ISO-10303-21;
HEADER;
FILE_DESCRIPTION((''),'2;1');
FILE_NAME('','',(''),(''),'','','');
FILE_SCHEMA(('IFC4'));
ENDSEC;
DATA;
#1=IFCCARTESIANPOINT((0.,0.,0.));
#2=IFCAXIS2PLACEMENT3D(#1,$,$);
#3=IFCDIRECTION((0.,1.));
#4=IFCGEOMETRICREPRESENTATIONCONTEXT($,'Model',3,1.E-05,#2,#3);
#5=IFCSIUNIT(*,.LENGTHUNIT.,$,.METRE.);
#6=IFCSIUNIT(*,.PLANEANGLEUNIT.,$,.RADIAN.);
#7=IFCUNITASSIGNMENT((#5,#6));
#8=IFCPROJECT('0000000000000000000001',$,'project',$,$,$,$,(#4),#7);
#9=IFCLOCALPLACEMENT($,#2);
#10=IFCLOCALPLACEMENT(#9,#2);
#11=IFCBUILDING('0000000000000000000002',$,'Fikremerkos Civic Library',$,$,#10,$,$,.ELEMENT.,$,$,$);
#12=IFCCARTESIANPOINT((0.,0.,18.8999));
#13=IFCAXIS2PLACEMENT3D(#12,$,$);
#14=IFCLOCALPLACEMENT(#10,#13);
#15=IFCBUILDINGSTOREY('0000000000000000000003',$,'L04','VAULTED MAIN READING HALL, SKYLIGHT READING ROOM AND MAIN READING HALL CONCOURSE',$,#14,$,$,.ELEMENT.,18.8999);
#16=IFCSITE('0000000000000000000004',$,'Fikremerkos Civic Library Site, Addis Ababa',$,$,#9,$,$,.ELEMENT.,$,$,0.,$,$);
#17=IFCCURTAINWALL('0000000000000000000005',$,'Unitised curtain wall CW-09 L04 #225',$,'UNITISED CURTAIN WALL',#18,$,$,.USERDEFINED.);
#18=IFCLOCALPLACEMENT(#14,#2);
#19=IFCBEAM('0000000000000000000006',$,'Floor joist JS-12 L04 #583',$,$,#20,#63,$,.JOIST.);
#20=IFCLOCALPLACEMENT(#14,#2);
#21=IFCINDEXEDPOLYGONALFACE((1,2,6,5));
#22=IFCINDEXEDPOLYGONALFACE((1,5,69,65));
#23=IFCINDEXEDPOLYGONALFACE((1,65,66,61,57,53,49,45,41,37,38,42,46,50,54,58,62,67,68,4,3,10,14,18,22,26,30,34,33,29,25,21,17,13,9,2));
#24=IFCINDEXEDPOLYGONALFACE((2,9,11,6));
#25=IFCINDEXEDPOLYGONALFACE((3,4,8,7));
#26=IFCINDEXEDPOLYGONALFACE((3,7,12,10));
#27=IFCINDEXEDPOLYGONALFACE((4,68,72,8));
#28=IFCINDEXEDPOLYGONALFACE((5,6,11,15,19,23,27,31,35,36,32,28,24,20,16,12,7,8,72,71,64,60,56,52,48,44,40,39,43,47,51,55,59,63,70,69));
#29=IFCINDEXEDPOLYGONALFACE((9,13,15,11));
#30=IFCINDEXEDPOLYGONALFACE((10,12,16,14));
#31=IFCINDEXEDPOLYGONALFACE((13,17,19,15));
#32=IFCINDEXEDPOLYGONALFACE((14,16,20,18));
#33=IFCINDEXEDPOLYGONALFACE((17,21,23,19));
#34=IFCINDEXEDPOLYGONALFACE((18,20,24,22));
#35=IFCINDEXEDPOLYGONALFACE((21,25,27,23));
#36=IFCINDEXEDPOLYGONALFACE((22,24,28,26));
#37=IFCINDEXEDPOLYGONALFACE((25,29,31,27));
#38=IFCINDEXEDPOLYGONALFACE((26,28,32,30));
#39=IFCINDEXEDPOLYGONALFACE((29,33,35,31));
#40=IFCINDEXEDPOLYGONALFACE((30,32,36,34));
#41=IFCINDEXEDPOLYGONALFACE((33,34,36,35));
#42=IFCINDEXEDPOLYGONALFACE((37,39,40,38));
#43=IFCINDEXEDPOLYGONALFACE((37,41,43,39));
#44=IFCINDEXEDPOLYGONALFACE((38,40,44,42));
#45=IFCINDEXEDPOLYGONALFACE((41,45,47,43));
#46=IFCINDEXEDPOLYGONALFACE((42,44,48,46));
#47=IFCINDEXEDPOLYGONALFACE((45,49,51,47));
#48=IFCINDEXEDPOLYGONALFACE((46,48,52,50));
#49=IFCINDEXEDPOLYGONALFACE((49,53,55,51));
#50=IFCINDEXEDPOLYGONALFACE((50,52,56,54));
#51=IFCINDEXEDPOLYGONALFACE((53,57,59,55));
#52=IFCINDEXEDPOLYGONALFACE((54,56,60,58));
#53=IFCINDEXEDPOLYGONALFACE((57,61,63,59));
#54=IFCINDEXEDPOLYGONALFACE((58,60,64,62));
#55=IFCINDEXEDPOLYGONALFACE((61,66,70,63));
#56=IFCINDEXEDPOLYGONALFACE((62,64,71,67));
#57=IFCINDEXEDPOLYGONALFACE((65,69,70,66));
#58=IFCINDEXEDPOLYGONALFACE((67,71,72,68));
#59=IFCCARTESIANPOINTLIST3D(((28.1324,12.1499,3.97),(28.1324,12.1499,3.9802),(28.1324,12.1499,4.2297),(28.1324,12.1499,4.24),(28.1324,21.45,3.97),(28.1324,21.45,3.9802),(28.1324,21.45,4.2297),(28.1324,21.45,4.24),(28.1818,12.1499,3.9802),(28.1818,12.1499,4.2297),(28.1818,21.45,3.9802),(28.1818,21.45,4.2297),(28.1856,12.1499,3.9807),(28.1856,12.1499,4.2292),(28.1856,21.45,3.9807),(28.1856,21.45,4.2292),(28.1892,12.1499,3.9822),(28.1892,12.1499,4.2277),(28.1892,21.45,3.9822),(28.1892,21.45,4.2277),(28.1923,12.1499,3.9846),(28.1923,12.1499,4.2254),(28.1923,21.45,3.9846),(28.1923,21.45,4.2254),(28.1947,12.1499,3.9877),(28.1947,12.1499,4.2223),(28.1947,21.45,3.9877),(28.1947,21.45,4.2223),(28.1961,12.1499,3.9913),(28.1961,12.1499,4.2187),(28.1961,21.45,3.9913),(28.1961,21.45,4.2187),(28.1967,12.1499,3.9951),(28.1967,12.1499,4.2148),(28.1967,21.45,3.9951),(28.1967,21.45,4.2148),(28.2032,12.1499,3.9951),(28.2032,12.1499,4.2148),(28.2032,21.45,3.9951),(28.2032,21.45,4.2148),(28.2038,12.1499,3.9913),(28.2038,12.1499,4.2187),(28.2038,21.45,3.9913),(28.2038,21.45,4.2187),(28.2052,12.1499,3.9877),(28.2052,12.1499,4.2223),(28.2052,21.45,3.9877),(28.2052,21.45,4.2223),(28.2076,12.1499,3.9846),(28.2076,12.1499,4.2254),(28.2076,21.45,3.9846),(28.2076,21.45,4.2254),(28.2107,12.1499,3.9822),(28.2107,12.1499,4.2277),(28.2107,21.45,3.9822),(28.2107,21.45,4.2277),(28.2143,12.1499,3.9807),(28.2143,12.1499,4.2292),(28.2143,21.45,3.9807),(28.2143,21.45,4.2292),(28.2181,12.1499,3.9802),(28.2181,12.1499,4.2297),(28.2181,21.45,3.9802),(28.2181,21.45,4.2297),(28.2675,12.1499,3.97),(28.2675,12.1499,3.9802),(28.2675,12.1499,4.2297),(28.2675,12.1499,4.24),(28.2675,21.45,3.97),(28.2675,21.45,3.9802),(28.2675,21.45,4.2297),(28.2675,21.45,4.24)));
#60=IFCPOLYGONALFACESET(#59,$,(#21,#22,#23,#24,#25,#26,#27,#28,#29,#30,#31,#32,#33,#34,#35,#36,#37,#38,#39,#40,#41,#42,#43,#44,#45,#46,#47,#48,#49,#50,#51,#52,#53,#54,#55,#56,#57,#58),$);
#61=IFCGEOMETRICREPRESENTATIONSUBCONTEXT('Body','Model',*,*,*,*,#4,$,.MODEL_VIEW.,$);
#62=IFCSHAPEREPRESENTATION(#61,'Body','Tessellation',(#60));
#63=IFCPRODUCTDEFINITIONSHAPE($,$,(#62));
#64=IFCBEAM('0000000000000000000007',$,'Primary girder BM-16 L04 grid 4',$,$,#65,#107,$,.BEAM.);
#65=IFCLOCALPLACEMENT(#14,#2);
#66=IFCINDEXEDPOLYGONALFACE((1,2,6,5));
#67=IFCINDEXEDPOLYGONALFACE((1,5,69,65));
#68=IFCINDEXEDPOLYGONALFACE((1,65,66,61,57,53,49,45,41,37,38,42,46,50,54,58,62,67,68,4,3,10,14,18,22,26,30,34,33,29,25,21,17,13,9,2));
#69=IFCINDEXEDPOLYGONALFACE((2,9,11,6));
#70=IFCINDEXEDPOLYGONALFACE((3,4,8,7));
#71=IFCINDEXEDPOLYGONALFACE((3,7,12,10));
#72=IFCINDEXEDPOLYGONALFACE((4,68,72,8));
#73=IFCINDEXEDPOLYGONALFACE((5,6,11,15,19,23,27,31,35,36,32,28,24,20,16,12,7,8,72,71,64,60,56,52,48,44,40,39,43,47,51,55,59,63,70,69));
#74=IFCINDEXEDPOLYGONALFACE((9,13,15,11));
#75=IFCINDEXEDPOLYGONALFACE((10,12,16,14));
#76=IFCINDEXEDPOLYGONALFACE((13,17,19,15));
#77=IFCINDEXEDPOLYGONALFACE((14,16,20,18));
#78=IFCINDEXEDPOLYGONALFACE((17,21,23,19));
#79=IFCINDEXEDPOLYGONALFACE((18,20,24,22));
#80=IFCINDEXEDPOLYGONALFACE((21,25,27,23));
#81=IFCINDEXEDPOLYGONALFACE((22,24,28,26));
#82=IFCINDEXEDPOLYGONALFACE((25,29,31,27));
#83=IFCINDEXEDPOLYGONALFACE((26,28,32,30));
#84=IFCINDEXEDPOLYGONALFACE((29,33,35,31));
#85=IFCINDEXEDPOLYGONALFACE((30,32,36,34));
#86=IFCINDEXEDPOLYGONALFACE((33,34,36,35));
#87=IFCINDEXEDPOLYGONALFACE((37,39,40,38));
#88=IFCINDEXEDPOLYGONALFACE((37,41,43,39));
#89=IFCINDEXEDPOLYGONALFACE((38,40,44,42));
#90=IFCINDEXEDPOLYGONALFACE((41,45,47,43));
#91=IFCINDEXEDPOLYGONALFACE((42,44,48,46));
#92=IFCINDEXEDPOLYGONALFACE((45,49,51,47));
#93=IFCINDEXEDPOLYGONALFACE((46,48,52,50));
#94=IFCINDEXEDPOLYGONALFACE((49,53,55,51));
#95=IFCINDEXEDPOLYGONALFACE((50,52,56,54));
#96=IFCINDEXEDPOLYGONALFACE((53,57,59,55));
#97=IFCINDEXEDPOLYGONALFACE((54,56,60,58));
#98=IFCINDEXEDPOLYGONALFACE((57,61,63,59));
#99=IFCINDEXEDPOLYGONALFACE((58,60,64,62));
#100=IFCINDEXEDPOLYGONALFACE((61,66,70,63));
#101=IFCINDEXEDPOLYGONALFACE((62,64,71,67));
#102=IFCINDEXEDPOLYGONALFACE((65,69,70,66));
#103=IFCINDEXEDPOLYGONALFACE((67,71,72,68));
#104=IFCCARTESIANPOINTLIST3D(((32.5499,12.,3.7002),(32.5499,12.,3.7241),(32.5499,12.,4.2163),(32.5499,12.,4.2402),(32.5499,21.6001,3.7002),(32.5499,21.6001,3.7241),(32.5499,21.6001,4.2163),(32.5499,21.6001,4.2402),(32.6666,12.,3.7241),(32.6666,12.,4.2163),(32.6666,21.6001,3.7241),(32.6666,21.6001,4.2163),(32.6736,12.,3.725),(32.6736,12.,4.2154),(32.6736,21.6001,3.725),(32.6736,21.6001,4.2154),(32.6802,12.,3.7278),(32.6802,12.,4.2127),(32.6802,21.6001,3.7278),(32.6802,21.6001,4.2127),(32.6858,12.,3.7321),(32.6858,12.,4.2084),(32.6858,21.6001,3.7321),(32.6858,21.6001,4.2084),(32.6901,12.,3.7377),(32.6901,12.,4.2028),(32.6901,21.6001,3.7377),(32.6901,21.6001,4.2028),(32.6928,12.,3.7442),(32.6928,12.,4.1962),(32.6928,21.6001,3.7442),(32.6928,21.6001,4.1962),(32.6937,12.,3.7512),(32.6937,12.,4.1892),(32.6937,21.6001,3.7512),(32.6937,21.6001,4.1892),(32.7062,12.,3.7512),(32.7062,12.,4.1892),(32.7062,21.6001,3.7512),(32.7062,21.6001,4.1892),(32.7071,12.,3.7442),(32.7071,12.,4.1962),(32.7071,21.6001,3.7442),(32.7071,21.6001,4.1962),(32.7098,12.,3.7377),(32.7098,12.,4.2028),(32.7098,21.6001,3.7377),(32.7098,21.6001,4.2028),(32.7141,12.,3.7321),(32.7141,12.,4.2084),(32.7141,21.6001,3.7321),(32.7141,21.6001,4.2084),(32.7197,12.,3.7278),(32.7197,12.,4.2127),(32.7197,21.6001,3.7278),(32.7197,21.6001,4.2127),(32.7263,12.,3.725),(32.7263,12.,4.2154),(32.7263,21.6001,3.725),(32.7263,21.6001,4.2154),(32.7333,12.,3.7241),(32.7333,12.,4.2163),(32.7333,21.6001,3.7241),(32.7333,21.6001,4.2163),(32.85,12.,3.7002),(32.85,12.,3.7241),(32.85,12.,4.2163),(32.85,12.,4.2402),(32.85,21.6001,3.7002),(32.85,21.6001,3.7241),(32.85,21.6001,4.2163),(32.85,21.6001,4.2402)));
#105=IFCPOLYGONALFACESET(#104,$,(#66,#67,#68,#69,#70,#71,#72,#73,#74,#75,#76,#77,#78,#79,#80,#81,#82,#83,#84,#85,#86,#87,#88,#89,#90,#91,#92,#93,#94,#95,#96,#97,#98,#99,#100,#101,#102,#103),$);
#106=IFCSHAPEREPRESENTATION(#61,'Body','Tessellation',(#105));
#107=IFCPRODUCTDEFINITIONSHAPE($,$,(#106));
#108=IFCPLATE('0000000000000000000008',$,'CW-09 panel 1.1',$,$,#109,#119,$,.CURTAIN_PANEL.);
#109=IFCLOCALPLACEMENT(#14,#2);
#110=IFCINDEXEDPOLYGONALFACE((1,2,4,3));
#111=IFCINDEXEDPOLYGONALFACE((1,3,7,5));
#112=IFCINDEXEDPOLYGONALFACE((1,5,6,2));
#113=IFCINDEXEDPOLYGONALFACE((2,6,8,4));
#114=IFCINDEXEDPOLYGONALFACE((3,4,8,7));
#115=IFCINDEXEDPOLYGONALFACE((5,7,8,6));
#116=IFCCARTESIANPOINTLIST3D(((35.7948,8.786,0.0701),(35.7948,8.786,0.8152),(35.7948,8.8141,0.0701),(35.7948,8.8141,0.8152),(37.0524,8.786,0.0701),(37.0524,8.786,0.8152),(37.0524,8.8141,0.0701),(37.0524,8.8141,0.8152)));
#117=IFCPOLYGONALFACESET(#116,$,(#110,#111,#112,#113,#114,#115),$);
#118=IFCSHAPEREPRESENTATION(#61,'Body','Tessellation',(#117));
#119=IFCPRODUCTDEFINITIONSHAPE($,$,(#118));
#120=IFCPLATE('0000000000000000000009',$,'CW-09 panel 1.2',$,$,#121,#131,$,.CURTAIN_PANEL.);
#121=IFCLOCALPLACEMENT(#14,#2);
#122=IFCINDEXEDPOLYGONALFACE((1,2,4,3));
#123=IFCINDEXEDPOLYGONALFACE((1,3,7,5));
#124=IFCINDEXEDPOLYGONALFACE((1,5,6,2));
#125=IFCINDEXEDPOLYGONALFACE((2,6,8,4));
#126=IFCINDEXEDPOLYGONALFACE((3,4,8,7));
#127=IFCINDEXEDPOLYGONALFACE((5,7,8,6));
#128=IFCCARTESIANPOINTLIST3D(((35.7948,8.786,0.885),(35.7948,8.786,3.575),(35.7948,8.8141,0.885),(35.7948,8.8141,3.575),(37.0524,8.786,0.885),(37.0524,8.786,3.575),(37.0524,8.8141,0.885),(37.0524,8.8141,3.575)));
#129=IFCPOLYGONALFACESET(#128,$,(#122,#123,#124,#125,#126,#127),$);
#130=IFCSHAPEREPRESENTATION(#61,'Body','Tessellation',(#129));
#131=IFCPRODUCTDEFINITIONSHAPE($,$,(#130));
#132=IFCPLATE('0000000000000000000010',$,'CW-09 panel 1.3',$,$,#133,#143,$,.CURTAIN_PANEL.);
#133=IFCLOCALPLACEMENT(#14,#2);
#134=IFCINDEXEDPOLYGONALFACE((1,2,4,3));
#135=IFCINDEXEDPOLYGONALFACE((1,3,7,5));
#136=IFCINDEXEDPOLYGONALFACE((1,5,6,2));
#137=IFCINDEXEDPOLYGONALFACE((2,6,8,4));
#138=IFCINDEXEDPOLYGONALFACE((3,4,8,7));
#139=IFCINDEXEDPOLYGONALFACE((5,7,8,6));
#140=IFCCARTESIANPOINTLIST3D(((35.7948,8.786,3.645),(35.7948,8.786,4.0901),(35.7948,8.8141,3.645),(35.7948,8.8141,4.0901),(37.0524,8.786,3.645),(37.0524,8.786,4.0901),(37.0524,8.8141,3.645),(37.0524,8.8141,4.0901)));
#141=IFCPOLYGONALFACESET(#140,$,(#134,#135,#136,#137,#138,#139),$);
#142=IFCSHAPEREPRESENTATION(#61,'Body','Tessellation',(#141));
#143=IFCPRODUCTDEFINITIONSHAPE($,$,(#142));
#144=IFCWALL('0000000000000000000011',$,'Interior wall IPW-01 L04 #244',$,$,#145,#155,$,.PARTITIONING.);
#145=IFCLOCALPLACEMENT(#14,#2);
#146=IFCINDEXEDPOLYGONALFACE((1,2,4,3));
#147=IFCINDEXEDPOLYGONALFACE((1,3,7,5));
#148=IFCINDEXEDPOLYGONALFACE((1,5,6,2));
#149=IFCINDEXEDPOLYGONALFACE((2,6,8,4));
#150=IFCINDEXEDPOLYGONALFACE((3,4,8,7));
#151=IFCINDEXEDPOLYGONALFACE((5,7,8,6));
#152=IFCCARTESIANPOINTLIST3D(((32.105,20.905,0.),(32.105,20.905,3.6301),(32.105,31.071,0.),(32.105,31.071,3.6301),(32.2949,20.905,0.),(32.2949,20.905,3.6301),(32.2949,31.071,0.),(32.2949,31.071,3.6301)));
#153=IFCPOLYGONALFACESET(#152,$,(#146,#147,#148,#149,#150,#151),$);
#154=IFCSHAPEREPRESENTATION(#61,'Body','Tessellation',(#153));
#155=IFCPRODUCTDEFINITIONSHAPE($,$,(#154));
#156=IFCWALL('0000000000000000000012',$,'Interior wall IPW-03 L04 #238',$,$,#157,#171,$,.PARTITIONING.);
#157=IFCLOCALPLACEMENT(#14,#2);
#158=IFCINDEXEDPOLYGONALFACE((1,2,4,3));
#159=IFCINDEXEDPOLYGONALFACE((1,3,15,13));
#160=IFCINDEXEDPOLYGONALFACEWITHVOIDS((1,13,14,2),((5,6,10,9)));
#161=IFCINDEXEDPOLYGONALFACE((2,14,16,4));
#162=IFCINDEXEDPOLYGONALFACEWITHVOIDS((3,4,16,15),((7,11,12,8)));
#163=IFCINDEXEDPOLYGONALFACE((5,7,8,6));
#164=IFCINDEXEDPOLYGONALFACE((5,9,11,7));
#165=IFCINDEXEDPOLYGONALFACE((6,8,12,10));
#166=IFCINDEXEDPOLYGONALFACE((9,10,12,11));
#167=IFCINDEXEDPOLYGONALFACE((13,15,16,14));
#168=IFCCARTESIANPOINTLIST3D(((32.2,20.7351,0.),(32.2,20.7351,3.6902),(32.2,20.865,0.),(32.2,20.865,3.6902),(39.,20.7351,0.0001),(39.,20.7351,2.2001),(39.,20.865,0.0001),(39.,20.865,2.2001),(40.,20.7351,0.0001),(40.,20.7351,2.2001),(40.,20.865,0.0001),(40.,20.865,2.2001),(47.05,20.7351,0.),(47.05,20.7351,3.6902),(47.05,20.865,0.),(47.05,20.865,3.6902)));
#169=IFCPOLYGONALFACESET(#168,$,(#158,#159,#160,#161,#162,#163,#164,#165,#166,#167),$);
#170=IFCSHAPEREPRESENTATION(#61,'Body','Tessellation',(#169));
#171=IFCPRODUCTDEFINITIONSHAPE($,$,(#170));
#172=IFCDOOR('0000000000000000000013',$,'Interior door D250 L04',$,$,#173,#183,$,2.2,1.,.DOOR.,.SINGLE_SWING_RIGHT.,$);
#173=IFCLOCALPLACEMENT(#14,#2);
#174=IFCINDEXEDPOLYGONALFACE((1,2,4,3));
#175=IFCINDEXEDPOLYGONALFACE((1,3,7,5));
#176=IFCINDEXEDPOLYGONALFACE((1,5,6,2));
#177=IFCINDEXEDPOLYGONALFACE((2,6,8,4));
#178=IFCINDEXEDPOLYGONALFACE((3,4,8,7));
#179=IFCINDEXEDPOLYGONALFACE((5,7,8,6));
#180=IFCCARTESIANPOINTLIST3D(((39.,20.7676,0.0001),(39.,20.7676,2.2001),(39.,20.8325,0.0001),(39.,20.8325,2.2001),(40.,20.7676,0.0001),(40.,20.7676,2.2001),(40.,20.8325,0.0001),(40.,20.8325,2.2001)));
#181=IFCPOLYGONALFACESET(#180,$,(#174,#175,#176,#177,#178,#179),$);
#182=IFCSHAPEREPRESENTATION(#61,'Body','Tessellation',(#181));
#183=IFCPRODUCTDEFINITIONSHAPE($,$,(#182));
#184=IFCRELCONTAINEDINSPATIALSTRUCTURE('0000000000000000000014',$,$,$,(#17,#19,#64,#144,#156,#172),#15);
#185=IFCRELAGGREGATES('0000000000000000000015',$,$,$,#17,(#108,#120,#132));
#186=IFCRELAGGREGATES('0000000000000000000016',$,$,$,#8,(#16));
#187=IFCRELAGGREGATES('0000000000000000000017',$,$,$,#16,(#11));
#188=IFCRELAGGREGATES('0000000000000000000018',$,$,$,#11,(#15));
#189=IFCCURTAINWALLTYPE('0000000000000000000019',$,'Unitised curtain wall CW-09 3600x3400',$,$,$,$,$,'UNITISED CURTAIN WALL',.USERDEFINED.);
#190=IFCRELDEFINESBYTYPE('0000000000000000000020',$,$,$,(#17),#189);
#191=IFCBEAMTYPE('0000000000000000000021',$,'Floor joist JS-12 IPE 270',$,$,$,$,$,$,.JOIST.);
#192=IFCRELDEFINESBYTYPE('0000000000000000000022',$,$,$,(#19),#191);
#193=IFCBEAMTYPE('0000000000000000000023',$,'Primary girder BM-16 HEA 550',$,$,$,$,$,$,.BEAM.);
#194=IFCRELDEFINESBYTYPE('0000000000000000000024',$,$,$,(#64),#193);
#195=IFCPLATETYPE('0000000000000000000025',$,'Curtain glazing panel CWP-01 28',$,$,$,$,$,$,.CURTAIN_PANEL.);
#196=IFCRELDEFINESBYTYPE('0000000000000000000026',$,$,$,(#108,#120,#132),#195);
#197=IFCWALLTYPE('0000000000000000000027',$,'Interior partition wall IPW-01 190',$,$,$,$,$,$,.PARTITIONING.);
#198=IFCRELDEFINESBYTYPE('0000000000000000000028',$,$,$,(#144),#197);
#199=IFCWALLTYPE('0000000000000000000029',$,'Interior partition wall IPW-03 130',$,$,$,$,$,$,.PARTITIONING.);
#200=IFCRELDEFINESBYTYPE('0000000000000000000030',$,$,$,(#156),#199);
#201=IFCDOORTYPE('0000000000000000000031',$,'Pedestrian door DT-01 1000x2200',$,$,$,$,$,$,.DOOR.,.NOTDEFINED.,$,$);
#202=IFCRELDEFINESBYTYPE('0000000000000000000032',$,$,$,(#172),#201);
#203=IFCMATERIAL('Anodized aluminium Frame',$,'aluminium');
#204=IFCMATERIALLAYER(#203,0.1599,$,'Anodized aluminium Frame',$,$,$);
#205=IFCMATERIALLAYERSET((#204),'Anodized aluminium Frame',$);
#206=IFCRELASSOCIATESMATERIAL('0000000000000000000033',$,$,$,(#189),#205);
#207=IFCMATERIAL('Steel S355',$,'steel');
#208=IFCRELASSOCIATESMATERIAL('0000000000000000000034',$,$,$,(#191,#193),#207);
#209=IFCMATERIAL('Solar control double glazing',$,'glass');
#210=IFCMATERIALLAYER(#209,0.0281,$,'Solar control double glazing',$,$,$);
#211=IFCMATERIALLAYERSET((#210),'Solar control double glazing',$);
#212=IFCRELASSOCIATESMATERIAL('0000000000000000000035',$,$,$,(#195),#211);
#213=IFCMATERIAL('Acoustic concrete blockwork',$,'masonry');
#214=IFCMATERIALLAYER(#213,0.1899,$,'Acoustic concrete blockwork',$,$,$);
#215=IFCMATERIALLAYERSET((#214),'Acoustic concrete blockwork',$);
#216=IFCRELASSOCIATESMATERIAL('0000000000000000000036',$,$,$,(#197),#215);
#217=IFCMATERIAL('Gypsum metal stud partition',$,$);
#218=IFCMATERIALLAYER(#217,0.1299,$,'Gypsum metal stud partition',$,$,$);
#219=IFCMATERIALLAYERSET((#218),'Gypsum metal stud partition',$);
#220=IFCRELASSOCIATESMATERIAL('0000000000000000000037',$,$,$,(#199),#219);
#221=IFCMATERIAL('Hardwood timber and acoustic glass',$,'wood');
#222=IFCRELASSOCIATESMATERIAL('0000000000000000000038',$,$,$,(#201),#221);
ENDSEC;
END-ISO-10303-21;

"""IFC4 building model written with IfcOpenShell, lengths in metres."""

from ifc_helpers import new_model, si_unit, direction, frame, frame_2d, origin, origin_2d, place, context, subcontext, project, spatial, rectangle, i_section, extrude, material, layer, layer_set, material_profile, profile_set, type_object, element, fill, aggregate, save


model = new_model("IFC4")

# Units and contexts
model_context = context("Model", 3, precision=1e-05, world=origin(), true_north=direction((0.0, 1.0)))
body_context = subcontext(model_context, "Body", "Model", "MODEL_VIEW")
ifc_project = project(units=[si_unit("LENGTHUNIT", "METRE"), si_unit("PLANEANGLEUNIT", "RADIAN")], contexts=[model_context])

# Site, building, storey
site_placement = place(None, origin())
site = spatial("IfcSite", under=ifc_project, at=site_placement, Name="Fikremerkos Civic Library Site, Addis Ababa", CompositionType="ELEMENT", RefElevation=0.0)
building_placement = place(site_placement, origin())
building = spatial("IfcBuilding", under=site, at=building_placement, Name="Fikremerkos Civic Library", CompositionType="ELEMENT")
storey_placement = place(building_placement, frame((0.0, 0.0, 18.8999)))
storey = spatial("IfcBuildingStorey", under=building, at=storey_placement, Name="L04", Description="VAULTED MAIN READING HALL, SKYLIGHT READING ROOM AND MAIN READING HALL CONCOURSE", CompositionType="ELEMENT", Elevation=18.8999)

# Shared definitions
ifc_material_1 = material(Name="Steel S355", Category="steel")

# Curtain wall
ifc_material_2 = material(Name="Anodized aluminium Frame", Category="aluminium")
ifc_layer_1 = layer(ifc_material_2, 0.1599, Name="Anodized aluminium Frame")
ifc_layer_set_1 = layer_set([ifc_layer_1], Name="Anodized aluminium Frame")
curtain_wall_type = type_object("IfcCurtainWallType", Name="Unitised curtain wall CW-09 3600x3400", ElementType="UNITISED CURTAIN WALL", PredefinedType="USERDEFINED", material=ifc_layer_set_1)
curtain_wall_placement = place(storey_placement, origin())
curtain_wall = element("IfcCurtainWall", 1, at=curtain_wall_placement, inside=storey, type_object=curtain_wall_type, Name="Unitised curtain wall CW-09 L04 #225", ObjectType="UNITISED CURTAIN WALL", PredefinedType="USERDEFINED")

# Beams
ifc_material_profile_1 = material_profile(ifc_material_1, i_section(OverallWidth=0.135, OverallDepth=0.27, WebThickness=0.0066, FlangeThickness=0.0103, FilletRadius=0.0149, at=origin_2d()), Name="IPE 270")
ifc_profile_set_1 = profile_set([ifc_material_profile_1], Name="Steel S355")
beam_type_1 = type_object("IfcBeamType", Name="Floor joist JS-12 IPE 270", PredefinedType="JOIST", material=ifc_profile_set_1)
beam_1_placement = place(storey_placement, frame((28.2, 12.1499, 4.105), z_axis=(0.0, 1.0, 0.0), x_axis=(-1.0, 0.0, 0.0)))
element("IfcBeam", 2, at=beam_1_placement, inside=storey, type_object=beam_type_1, Name="Floor joist JS-12 L04 #583", PredefinedType="JOIST", context=body_context, shape_type="SweptSolid", body=[
    extrude(i_section(OverallWidth=0.135, OverallDepth=0.27, WebThickness=0.0066, FlangeThickness=0.0103, FilletRadius=0.0149, at=origin_2d()), origin(), (0.0, 0.0, 1.0), 9.3),
])
ifc_material_profile_2 = material_profile(ifc_material_1, i_section(OverallWidth=0.3, OverallDepth=0.54, WebThickness=0.0125, FlangeThickness=0.0239, FilletRadius=0.0271, at=origin_2d()), Name="HEA 550")
ifc_profile_set_2 = profile_set([ifc_material_profile_2], Name="Steel S355")
beam_type_2 = type_object("IfcBeamType", Name="Primary girder BM-16 HEA 550", PredefinedType="BEAM", material=ifc_profile_set_2)
beam_2_placement = place(storey_placement, frame((32.7, 12.0, 3.9702), z_axis=(0.0, 1.0, 0.0), x_axis=(-1.0, 0.0, 0.0)))
element("IfcBeam", 3, at=beam_2_placement, inside=storey, type_object=beam_type_2, Name="Primary girder BM-16 L04 grid 4", PredefinedType="BEAM", context=body_context, shape_type="SweptSolid", body=[
    extrude(i_section(OverallWidth=0.3, OverallDepth=0.54, WebThickness=0.0125, FlangeThickness=0.0239, FilletRadius=0.0271, at=origin_2d()), origin(), (0.0, 0.0, 1.0), 9.6001),
])

# Plates
ifc_material_3 = material(Name="Solar control double glazing", Category="glass")
ifc_layer_2 = layer(ifc_material_3, 0.0281, Name="Solar control double glazing")
ifc_layer_set_2 = layer_set([ifc_layer_2], Name="Solar control double glazing")
plate_type = type_object("IfcPlateType", Name="Curtain glazing panel CWP-01 28", PredefinedType="CURTAIN_PANEL", material=ifc_layer_set_2)
plate_1_placement = place(storey_placement, frame((36.4236, 8.8, 0.0701), z_axis=(0.0, 0.0, 1.0), x_axis=(-1.0, 0.0, 0.0)))
plate_1 = element("IfcPlate", 4, at=plate_1_placement, type_object=plate_type, Name="CW-09 panel 1.1", PredefinedType="CURTAIN_PANEL", context=body_context, shape_type="SweptSolid", body=[
    extrude(rectangle(XDim=1.2576, YDim=0.0281, at=origin_2d()), origin(), (0.0, 0.0, 1.0), 0.7451),
])
plate_2_placement = place(storey_placement, frame((36.4236, 8.8, 0.885), z_axis=(0.0, 0.0, 1.0), x_axis=(-1.0, 0.0, 0.0)))
plate_2 = element("IfcPlate", 5, at=plate_2_placement, type_object=plate_type, Name="CW-09 panel 1.2", PredefinedType="CURTAIN_PANEL", context=body_context, shape_type="SweptSolid", body=[
    extrude(rectangle(XDim=1.2576, YDim=0.0281, at=origin_2d()), origin(), (0.0, 0.0, 1.0), 2.6899),
])
plate_3_placement = place(storey_placement, frame((36.4236, 8.8, 3.645), z_axis=(0.0, 0.0, 1.0), x_axis=(-1.0, 0.0, 0.0)))
plate_3 = element("IfcPlate", 6, at=plate_3_placement, type_object=plate_type, Name="CW-09 panel 1.3", PredefinedType="CURTAIN_PANEL", context=body_context, shape_type="SweptSolid", body=[
    extrude(rectangle(XDim=1.2576, YDim=0.0281, at=origin_2d()), origin(), (0.0, 0.0, 1.0), 0.4451),
])
aggregate(curtain_wall, [plate_1, plate_2, plate_3])

# Wall
ifc_material_4 = material(Name="Acoustic concrete blockwork", Category="masonry")
ifc_layer_3 = layer(ifc_material_4, 0.1899, Name="Acoustic concrete blockwork")
ifc_layer_set_3 = layer_set([ifc_layer_3], Name="Acoustic concrete blockwork")
wall_type_1 = type_object("IfcWallType", Name="Interior partition wall IPW-01 190", PredefinedType="PARTITIONING", material=ifc_layer_set_3)
wall_1_placement = place(storey_placement, frame((32.2, 20.905, 0.0), z_axis=(0.0, 0.0, 1.0), x_axis=(0.0, 1.0, 0.0)))
element("IfcWall", 7, at=wall_1_placement, inside=storey, type_object=wall_type_1, Name="Interior wall IPW-01 L04 #244", PredefinedType="PARTITIONING", context=body_context, shape_type="SweptSolid", body=[
    extrude(rectangle(XDim=10.166, YDim=0.1899, at=frame_2d((5.083, 0.0))), origin(), (0.0, 0.0, 1.0), 3.6301),
])

# Wall, opening, door
ifc_material_5 = material(Name="Gypsum metal stud partition")
ifc_layer_4 = layer(ifc_material_5, 0.1299, Name="Gypsum metal stud partition")
ifc_layer_set_4 = layer_set([ifc_layer_4], Name="Gypsum metal stud partition")
wall_type_2 = type_object("IfcWallType", Name="Interior partition wall IPW-03 130", PredefinedType="PARTITIONING", material=ifc_layer_set_4)
wall_2_placement = place(storey_placement, frame((32.2, 20.8, 0.0), z_axis=(0.0, 0.0, 1.0), x_axis=(1.0, 0.0, 0.0)))
wall_2 = element("IfcWall", 8, at=wall_2_placement, inside=storey, type_object=wall_type_2, Name="Interior wall IPW-03 L04 #238", PredefinedType="PARTITIONING", context=body_context, shape_type="SweptSolid", body=[
    extrude(rectangle(XDim=14.8501, YDim=0.1299, at=frame_2d((7.425, 0.0))), origin(), (0.0, 0.0, 1.0), 3.6902),
])
opening_1_placement = place(wall_2_placement, frame((6.8, 0.0, 0.0)))
opening_1 = element("IfcOpeningElement", 9, at=opening_1_placement, cuts=wall_2, PredefinedType="OPENING", context=body_context, shape_type="SweptSolid", body=[
    extrude(rectangle(XDim=1.0, YDim=2.2, at=frame_2d((0.5, 1.1001))), frame((0.0, 0.075, 0.0), z_axis=(0.0, -1.0, 0.0), x_axis=(1.0, 0.0, 0.0)), (0.0, 0.0, 1.0), 0.1499),
])
ifc_material_6 = material(Name="Hardwood timber and acoustic glass", Category="wood")
door_type_1 = type_object("IfcDoorType", Name="Pedestrian door DT-01 1000x2200", OperationType="NOTDEFINED", PredefinedType="DOOR", material=ifc_material_6)
door_1_placement = place(opening_1_placement, origin())
door_1 = element("IfcDoor", 10, at=door_1_placement, inside=storey, type_object=door_type_1, Name="Interior door D250 L04", OperationType="SINGLE_SWING_RIGHT", OverallHeight=2.2, OverallWidth=1.0, PredefinedType="DOOR", context=body_context, shape_type="SweptSolid", body=[
    extrude(rectangle(XDim=1.0, YDim=2.2, at=frame_2d((0.5, 1.1001))), frame((0.0, 0.0325, 0.0), z_axis=(0.0, -1.0, 0.0), x_axis=(1.0, 0.0, 0.0)), (0.0, 0.0, 1.0), 0.0649),
])
fill(opening_1, door_1)

save(model, "model.ifc")
